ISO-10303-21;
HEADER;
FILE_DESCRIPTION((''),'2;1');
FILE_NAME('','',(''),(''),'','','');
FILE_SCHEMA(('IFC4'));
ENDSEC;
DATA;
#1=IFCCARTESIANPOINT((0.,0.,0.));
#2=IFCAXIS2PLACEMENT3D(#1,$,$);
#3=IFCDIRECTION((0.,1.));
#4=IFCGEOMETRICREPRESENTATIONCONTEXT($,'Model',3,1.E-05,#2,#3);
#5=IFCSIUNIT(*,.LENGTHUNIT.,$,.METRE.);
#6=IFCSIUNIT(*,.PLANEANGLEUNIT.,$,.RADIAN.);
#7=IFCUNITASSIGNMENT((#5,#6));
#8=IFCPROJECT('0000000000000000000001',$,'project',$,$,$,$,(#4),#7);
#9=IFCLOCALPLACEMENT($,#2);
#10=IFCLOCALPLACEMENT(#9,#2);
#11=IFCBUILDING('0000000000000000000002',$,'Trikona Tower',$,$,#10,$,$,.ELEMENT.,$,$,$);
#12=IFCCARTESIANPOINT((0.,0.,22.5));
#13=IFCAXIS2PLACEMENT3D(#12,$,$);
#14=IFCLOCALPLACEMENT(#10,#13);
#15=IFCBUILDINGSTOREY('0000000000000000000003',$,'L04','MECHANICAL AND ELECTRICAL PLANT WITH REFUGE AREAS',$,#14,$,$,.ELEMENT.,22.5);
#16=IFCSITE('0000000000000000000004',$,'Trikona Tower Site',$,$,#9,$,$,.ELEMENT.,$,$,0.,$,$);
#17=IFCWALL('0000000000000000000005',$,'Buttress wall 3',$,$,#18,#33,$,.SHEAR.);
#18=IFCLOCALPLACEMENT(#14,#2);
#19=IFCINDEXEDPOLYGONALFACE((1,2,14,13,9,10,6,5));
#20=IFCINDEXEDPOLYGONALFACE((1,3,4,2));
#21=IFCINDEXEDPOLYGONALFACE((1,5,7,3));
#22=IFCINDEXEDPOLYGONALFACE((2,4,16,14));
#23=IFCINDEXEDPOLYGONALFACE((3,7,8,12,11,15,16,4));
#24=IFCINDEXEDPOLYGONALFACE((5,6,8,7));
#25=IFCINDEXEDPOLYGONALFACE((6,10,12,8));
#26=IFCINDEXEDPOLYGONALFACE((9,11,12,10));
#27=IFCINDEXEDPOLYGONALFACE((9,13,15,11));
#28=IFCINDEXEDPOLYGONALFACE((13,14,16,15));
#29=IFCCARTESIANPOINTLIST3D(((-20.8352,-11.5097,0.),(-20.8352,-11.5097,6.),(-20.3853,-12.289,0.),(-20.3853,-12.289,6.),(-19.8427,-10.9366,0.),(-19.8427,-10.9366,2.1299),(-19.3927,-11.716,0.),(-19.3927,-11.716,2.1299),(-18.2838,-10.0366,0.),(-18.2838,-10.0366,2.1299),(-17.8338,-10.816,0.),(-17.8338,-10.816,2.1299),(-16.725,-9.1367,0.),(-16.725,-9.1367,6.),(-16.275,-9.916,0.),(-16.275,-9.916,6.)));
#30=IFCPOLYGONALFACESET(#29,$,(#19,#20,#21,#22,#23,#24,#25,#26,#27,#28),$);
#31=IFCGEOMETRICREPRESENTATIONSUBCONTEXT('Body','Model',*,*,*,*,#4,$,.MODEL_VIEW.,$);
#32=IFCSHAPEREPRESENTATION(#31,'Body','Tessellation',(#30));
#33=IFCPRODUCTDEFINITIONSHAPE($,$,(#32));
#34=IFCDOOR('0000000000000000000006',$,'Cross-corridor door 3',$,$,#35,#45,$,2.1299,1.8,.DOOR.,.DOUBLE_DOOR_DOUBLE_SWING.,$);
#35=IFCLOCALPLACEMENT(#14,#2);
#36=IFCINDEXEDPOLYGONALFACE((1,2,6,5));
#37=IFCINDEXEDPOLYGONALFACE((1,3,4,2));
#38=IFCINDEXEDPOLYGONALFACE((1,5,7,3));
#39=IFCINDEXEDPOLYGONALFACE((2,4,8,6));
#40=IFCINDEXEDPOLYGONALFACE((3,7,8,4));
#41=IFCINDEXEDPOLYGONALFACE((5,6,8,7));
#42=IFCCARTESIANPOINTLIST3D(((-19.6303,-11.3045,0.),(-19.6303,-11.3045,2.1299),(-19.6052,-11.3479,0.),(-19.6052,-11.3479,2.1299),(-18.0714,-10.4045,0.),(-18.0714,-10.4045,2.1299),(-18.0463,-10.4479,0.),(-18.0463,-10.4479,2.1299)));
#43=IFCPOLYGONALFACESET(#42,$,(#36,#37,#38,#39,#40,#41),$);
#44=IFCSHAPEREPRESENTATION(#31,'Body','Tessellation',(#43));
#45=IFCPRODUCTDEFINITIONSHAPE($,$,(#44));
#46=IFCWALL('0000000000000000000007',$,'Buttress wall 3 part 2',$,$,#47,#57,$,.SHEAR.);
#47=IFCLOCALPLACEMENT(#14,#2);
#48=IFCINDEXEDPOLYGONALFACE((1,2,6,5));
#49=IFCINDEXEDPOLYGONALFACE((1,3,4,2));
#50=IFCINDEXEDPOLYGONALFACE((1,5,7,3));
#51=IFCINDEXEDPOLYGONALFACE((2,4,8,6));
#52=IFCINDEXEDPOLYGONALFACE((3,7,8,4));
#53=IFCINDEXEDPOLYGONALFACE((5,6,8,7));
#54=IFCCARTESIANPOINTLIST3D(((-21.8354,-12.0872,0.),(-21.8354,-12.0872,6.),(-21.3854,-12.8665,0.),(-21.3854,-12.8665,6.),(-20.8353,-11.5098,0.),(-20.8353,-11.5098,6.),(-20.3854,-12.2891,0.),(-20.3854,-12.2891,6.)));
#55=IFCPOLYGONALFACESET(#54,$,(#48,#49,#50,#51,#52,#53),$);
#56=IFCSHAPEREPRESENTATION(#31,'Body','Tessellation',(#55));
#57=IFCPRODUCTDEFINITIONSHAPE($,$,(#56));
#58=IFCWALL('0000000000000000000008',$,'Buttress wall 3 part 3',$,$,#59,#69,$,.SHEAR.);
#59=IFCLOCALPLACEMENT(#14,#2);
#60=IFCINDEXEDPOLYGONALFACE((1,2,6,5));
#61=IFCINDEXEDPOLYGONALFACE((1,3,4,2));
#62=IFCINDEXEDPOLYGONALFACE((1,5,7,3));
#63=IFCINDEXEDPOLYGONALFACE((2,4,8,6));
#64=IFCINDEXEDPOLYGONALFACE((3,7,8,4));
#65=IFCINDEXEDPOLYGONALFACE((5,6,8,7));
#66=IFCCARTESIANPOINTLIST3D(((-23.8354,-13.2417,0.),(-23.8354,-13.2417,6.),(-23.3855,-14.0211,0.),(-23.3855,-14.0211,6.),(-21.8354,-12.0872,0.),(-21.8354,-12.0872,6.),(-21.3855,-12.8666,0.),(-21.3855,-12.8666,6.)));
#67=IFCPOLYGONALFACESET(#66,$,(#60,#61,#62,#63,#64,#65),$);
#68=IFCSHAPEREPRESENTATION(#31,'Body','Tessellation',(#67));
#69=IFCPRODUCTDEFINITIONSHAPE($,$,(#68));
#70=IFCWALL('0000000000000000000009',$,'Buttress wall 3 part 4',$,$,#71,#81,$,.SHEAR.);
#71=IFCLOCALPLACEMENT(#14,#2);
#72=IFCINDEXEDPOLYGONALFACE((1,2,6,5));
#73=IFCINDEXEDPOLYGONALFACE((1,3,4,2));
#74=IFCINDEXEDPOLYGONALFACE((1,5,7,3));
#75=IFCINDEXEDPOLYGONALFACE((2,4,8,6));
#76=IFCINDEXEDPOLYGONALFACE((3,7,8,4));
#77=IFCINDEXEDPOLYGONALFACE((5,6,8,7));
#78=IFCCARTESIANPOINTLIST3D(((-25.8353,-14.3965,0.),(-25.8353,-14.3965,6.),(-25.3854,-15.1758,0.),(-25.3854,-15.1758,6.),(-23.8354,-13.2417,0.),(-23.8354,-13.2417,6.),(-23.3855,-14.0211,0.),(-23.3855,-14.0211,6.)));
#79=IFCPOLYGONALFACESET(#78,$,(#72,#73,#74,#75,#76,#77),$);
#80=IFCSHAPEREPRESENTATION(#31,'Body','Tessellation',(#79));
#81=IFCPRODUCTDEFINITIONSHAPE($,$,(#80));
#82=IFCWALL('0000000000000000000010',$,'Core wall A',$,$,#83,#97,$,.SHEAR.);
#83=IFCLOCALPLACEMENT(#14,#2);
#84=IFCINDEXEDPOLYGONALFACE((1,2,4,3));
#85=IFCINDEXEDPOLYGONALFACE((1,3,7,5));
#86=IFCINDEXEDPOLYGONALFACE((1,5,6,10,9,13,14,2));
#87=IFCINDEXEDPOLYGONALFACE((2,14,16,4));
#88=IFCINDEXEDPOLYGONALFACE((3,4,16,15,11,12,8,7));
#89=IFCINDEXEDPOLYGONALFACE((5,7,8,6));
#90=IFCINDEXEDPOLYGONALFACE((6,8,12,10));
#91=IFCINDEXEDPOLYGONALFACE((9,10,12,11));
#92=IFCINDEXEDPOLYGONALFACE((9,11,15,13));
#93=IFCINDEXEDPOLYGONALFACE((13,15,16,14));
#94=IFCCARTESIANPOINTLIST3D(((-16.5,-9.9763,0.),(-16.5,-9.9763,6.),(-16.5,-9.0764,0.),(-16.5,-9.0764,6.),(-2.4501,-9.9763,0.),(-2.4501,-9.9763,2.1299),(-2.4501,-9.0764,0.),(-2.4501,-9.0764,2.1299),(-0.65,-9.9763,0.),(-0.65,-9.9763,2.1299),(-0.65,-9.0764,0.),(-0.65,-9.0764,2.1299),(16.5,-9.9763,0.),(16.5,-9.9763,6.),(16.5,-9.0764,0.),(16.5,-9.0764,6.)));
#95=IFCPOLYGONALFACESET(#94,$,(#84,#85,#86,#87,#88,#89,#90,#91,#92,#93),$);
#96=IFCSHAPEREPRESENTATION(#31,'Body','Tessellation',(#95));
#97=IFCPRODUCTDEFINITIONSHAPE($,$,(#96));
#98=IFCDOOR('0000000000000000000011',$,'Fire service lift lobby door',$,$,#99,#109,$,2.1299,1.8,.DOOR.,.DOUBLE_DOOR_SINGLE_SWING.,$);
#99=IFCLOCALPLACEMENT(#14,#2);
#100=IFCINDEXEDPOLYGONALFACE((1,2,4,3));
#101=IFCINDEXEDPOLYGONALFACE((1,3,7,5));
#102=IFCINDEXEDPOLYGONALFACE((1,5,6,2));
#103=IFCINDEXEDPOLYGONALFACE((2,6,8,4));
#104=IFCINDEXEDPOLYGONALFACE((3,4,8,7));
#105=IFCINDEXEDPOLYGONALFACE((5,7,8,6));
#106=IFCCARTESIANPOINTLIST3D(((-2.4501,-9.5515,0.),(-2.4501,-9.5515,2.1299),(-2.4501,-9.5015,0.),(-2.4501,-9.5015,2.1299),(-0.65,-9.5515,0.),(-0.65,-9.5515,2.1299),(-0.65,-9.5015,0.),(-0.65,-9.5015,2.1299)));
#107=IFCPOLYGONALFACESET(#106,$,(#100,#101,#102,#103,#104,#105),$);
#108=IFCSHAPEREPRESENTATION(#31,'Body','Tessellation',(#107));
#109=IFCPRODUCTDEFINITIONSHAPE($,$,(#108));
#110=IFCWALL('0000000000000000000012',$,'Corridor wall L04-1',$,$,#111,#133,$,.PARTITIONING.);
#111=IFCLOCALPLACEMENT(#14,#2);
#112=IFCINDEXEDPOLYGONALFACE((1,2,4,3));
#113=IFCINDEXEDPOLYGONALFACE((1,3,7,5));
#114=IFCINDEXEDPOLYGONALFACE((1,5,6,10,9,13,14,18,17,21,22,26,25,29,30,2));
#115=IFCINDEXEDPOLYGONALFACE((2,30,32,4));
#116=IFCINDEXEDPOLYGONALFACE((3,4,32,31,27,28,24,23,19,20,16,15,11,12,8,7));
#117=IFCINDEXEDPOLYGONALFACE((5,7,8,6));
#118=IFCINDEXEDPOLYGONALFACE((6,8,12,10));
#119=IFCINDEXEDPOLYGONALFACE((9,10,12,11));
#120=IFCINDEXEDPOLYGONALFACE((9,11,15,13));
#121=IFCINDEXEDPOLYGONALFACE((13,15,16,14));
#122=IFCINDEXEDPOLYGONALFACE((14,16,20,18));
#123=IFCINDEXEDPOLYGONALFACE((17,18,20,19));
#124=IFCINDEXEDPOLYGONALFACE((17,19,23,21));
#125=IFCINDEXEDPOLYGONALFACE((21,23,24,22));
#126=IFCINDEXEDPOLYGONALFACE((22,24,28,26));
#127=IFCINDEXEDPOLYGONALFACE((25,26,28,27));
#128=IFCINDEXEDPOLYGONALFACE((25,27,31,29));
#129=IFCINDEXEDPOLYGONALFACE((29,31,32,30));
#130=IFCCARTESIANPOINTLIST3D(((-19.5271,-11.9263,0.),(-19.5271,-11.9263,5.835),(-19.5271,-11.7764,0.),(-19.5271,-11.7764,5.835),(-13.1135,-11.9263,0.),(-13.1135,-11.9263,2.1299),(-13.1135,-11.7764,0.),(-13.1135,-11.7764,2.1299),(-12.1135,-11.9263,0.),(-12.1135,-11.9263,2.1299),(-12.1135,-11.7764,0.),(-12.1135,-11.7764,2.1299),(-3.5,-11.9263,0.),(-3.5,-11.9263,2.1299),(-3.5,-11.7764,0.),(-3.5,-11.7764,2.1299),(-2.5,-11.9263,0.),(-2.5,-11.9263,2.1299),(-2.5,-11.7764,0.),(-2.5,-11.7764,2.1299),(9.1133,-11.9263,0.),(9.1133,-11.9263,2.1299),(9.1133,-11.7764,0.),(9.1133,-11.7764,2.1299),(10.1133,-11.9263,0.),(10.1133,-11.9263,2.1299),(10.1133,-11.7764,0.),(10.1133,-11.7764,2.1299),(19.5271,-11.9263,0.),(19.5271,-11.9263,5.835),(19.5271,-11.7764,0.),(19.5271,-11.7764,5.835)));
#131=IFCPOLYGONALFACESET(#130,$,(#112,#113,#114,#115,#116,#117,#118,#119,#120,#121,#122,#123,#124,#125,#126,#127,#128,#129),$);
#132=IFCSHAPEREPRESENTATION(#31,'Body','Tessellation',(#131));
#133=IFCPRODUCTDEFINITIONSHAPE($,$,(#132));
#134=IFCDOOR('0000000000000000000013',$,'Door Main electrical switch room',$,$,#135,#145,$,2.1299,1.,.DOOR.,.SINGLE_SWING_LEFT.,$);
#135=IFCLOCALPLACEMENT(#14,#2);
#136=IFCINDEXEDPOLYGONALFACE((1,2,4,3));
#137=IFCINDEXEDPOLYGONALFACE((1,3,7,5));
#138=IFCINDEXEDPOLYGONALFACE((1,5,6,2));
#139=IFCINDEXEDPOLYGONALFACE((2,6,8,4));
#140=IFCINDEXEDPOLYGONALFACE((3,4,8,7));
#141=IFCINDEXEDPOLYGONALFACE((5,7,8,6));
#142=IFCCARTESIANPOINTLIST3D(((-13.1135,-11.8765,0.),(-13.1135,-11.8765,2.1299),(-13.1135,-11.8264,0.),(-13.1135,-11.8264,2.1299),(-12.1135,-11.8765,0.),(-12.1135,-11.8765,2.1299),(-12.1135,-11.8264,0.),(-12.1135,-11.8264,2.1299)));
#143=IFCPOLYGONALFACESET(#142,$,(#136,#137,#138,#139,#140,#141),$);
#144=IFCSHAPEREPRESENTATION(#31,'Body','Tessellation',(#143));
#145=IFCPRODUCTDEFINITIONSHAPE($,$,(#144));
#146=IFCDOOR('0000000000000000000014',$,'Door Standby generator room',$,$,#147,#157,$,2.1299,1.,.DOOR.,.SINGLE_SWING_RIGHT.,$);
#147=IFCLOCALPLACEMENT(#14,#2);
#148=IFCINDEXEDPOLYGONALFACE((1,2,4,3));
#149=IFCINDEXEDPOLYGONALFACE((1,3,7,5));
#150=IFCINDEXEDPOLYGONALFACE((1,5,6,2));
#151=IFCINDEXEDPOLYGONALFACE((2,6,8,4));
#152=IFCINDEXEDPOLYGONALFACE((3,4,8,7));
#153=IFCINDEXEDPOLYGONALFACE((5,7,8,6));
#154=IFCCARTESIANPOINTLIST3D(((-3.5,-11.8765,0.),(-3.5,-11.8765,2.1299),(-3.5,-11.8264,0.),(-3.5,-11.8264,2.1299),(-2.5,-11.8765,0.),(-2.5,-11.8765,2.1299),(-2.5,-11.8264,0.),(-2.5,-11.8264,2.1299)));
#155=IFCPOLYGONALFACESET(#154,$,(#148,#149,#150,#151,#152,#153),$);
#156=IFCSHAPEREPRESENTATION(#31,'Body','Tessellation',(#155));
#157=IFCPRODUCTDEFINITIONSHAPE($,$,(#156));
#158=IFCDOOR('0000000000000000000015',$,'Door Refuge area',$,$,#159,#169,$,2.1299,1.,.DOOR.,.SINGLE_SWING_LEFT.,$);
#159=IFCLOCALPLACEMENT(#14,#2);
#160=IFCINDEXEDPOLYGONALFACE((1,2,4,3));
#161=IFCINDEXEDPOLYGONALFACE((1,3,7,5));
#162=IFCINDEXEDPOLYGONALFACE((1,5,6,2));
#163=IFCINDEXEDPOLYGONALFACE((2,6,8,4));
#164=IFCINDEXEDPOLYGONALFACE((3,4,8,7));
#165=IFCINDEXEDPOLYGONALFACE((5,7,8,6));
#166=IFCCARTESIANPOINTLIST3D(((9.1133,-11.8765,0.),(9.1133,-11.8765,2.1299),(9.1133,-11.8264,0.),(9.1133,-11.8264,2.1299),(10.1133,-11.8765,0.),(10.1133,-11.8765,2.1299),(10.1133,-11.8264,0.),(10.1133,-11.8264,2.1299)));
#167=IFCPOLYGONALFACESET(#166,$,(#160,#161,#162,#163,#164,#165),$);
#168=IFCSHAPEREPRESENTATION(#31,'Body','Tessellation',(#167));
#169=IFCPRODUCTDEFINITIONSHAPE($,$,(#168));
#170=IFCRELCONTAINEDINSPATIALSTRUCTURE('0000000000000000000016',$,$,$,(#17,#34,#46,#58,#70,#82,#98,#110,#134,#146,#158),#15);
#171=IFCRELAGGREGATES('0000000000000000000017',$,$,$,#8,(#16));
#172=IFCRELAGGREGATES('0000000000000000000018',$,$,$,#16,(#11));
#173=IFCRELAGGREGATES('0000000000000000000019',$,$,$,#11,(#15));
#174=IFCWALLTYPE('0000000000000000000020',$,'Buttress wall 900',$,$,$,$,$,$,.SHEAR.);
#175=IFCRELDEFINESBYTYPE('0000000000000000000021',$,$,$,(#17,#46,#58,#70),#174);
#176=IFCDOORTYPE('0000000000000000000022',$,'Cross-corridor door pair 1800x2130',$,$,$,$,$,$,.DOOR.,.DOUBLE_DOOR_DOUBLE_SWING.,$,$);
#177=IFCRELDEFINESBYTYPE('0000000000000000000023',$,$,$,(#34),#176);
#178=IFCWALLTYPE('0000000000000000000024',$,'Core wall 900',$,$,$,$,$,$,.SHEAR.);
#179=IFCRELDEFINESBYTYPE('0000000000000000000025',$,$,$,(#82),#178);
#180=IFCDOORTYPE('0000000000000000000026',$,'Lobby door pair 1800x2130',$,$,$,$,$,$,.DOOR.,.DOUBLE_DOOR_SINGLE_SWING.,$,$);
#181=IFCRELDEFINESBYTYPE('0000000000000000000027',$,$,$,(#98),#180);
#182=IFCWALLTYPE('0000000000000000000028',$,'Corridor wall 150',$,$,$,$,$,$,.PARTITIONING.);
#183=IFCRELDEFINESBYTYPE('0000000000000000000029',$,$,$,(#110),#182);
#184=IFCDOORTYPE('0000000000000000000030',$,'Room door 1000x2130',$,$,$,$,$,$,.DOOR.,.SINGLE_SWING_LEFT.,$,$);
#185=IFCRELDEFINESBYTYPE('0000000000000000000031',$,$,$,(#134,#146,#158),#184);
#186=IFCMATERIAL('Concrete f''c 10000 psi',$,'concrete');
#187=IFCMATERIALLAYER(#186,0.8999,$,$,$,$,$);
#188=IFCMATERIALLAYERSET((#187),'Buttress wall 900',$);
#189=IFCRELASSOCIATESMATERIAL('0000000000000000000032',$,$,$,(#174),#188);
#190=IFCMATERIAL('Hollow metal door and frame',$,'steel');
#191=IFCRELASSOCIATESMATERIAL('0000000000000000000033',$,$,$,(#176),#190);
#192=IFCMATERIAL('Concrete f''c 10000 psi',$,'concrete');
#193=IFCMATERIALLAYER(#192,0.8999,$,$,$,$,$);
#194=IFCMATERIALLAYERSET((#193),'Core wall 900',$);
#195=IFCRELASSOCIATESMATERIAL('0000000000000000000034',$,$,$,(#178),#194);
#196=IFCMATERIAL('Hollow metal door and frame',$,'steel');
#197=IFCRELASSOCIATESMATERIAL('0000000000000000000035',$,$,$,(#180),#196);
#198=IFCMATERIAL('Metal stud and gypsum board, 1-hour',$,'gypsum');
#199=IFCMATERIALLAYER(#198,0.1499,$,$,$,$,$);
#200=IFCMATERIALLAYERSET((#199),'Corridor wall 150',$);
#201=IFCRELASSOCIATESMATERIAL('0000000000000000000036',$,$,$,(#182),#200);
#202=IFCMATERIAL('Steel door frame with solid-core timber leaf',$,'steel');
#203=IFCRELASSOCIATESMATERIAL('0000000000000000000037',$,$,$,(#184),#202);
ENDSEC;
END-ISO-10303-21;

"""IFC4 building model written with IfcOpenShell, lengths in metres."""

from ifc_helpers import new_model, si_unit, direction, frame, frame_2d, origin, place, context, subcontext, project, spatial, rectangle, extrude, material, layer, layer_set, type_object, element, fill, save


model = new_model("IFC4")

# Units and contexts
model_context = context("Model", 3, precision=1e-05, world=origin(), true_north=direction((0.0, 1.0)))
body_context = subcontext(model_context, "Body", "Model", "MODEL_VIEW")
ifc_project = project(units=[si_unit("LENGTHUNIT", "METRE"), si_unit("PLANEANGLEUNIT", "RADIAN")], contexts=[model_context])

# Site, building, storey
site_placement = place(None, origin())
site = spatial("IfcSite", under=ifc_project, at=site_placement, Name="Trikona Tower Site", CompositionType="ELEMENT", RefElevation=0.0)
building_placement = place(site_placement, origin())
building = spatial("IfcBuilding", under=site, at=building_placement, Name="Trikona Tower", CompositionType="ELEMENT")
storey_placement = place(building_placement, frame((0.0, 0.0, 22.5)))
storey = spatial("IfcBuildingStorey", under=building, at=storey_placement, Name="L04", Description="MECHANICAL AND ELECTRICAL PLANT WITH REFUGE AREAS", CompositionType="ELEMENT", Elevation=22.5)

# Wall, opening, door
ifc_material_1 = material(Name="Concrete f'c 10000 psi", Category="concrete")
ifc_layer_1 = layer(ifc_material_1, 0.8999)
ifc_layer_set_1 = layer_set([ifc_layer_1], Name="Buttress wall 900")
wall_type_1 = type_object("IfcWallType", Name="Buttress wall 900", PredefinedType="SHEAR", material=ifc_layer_set_1)
wall_1_placement = place(storey_placement, frame((-16.5, -9.5264, 0.0), z_axis=(0.0, 0.0, 1.0), x_axis=(-0.866031, -0.49999, 0.0)))
wall_1 = element("IfcWall", 1, at=wall_1_placement, inside=storey, type_object=wall_type_1, Name="Buttress wall 3", PredefinedType="SHEAR", context=body_context, shape_type="SweptSolid", body=[
    extrude(rectangle(XDim=4.7461, YDim=0.8999, at=frame_2d((2.373, 0.0))), origin(), (0.0, 0.0, 1.0), 6.0),
])
opening_1_placement = place(wall_1_placement, frame((1.8, 0.0, 0.0)))
opening_1 = element("IfcOpeningElement", 2, at=opening_1_placement, cuts=wall_1, PredefinedType="OPENING", context=body_context, shape_type="SweptSolid", body=[
    extrude(rectangle(XDim=1.8, YDim=2.1299, at=frame_2d((0.8999, 1.0649))), frame((0.0, 0.46, 0.0), z_axis=(0.0, -1.0, 0.0), x_axis=(1.0, 0.0, 0.0)), (0.0, 0.0, 1.0), 0.9199),
])
ifc_material_2 = material(Name="Hollow metal door and frame", Category="steel")
door_type_1 = type_object("IfcDoorType", Name="Cross-corridor door pair 1800x2130", OperationType="DOUBLE_DOOR_DOUBLE_SWING", PredefinedType="DOOR", material=ifc_material_2)
door_1_placement = place(opening_1_placement, origin())
door_1 = element("IfcDoor", 3, at=door_1_placement, inside=storey, type_object=door_type_1, Name="Cross-corridor door 3", OperationType="DOUBLE_DOOR_DOUBLE_SWING", OverallHeight=2.1299, OverallWidth=1.8, PredefinedType="DOOR", context=body_context, shape_type="SweptSolid", body=[
    extrude(rectangle(XDim=1.8, YDim=2.1299, at=frame_2d((0.8999, 1.0649))), frame((0.0, 0.0249, 0.0), z_axis=(0.0, -1.0, 0.0), x_axis=(1.0, 0.0, 0.0)), (0.0, 0.0, 1.0), 0.05),
])
fill(opening_1, door_1)

# Walls
wall_2_placement = place(storey_placement, frame((-20.6104, -11.8994, 0.0), z_axis=(0.0, 0.0, 1.0), x_axis=(-0.86601, -0.500027, 0.0)))
element("IfcWall", 4, at=wall_2_placement, inside=storey, type_object=wall_type_1, Name="Buttress wall 3 part 2", PredefinedType="SHEAR", context=body_context, shape_type="SweptSolid", body=[
    extrude(rectangle(XDim=1.1548, YDim=0.8999, at=frame_2d((0.5774, 0.0))), origin(), (0.0, 0.0, 1.0), 6.0),
])
for number, where, z_axis, x_axis, name in (
    (5, (-21.6104, -12.4768, 0.0), (0.0, 0.0, 1.0), (-0.866055, -0.499948, 0.0), "Buttress wall 3 part 3"),
    (6, (-23.6104, -13.6313, 0.0), (0.0, 0.0, 1.0), (-0.86601, -0.500027, 0.0), "Buttress wall 3 part 4"),
):
    element("IfcWall", number, at=place(storey_placement, frame(where, z_axis=z_axis, x_axis=x_axis)), inside=storey, type_object=wall_type_1, Name=name, PredefinedType="SHEAR", context=body_context, shape_type="SweptSolid", body=[
        extrude(rectangle(XDim=2.3093, YDim=0.8999, at=frame_2d((1.1548, 0.0))), origin(), (0.0, 0.0, 1.0), 6.0),
    ])

# Wall, opening, door
ifc_material_3 = material(Name="Concrete f'c 10000 psi", Category="concrete")
ifc_layer_2 = layer(ifc_material_3, 0.8999)
ifc_layer_set_2 = layer_set([ifc_layer_2], Name="Core wall 900")
wall_type_2 = type_object("IfcWallType", Name="Core wall 900", PredefinedType="SHEAR", material=ifc_layer_set_2)
wall_3_placement = place(storey_placement, frame((-16.5, -9.5264, 0.0), z_axis=(0.0, 0.0, 1.0), x_axis=(1.0, 0.0, 0.0)))
wall_3 = element("IfcWall", 7, at=wall_3_placement, inside=storey, type_object=wall_type_2, Name="Core wall A", PredefinedType="SHEAR", context=body_context, shape_type="SweptSolid", body=[
    extrude(rectangle(XDim=33.0, YDim=0.8999, at=frame_2d((16.5, 0.0))), origin(), (0.0, 0.0, 1.0), 6.0),
])
opening_2_placement = place(wall_3_placement, frame((14.05, 0.0, 0.0)))
opening_2 = element("IfcOpeningElement", 8, at=opening_2_placement, cuts=wall_3, PredefinedType="OPENING", context=body_context, shape_type="SweptSolid", body=[
    extrude(rectangle(XDim=1.8, YDim=2.1299, at=frame_2d((0.8999, 1.0649))), frame((0.0, 0.46, 0.0), z_axis=(0.0, -1.0, 0.0), x_axis=(1.0, 0.0, 0.0)), (0.0, 0.0, 1.0), 0.9199),
])
ifc_material_4 = material(Name="Hollow metal door and frame", Category="steel")
door_type_2 = type_object("IfcDoorType", Name="Lobby door pair 1800x2130", OperationType="DOUBLE_DOOR_SINGLE_SWING", PredefinedType="DOOR", material=ifc_material_4)
door_2_placement = place(opening_2_placement, origin())
door_2 = element("IfcDoor", 9, at=door_2_placement, inside=storey, type_object=door_type_2, Name="Fire service lift lobby door", OperationType="DOUBLE_DOOR_SINGLE_SWING", OverallHeight=2.1299, OverallWidth=1.8, PredefinedType="DOOR", context=body_context, shape_type="SweptSolid", body=[
    extrude(rectangle(XDim=1.8, YDim=2.1299, at=frame_2d((0.8999, 1.0649))), frame((0.0, 0.0249, 0.0), z_axis=(0.0, -1.0, 0.0), x_axis=(1.0, 0.0, 0.0)), (0.0, 0.0, 1.0), 0.05),
])
fill(opening_2, door_2)

# Wall, openings, doors
ifc_material_5 = material(Name="Metal stud and gypsum board, 1-hour", Category="gypsum")
ifc_layer_3 = layer(ifc_material_5, 0.1499)
ifc_layer_set_3 = layer_set([ifc_layer_3], Name="Corridor wall 150")
wall_type_3 = type_object("IfcWallType", Name="Corridor wall 150", PredefinedType="PARTITIONING", material=ifc_layer_set_3)
wall_4_placement = place(storey_placement, frame((-19.5271, -11.8513, 0.0), z_axis=(0.0, 0.0, 1.0), x_axis=(1.0, 0.0, 0.0)))
wall_4 = element("IfcWall", 10, at=wall_4_placement, inside=storey, type_object=wall_type_3, Name="Corridor wall L04-1", PredefinedType="PARTITIONING", context=body_context, shape_type="SweptSolid", body=[
    extrude(rectangle(XDim=39.0542, YDim=0.1499, at=frame_2d((19.5271, 0.0))), origin(), (0.0, 0.0, 1.0), 5.835),
])
opening_3_placement = place(wall_4_placement, frame((6.4136, 0.0, 0.0)))
opening_3 = element("IfcOpeningElement", 11, at=opening_3_placement, cuts=wall_4, PredefinedType="OPENING", context=body_context, shape_type="SweptSolid", body=[
    extrude(rectangle(XDim=1.0, YDim=2.1299, at=frame_2d((0.5, 1.0649))), frame((0.0, 0.085, 0.0), z_axis=(0.0, -1.0, 0.0), x_axis=(1.0, 0.0, 0.0)), (0.0, 0.0, 1.0), 0.1699),
])
opening_4_placement = place(wall_4_placement, frame((16.0271, 0.0, 0.0)))
opening_4 = element("IfcOpeningElement", 12, at=opening_4_placement, cuts=wall_4, PredefinedType="OPENING", context=body_context, shape_type="SweptSolid", body=[
    extrude(rectangle(XDim=1.0, YDim=2.1299, at=frame_2d((0.5, 1.0649))), frame((0.0, 0.085, 0.0), z_axis=(0.0, -1.0, 0.0), x_axis=(1.0, 0.0, 0.0)), (0.0, 0.0, 1.0), 0.1699),
])
opening_5_placement = place(wall_4_placement, frame((28.6404, 0.0, 0.0)))
opening_5 = element("IfcOpeningElement", 13, at=opening_5_placement, cuts=wall_4, PredefinedType="OPENING", context=body_context, shape_type="SweptSolid", body=[
    extrude(rectangle(XDim=1.0, YDim=2.1299, at=frame_2d((0.5, 1.0649))), frame((0.0, 0.085, 0.0), z_axis=(0.0, -1.0, 0.0), x_axis=(1.0, 0.0, 0.0)), (0.0, 0.0, 1.0), 0.1699),
])
ifc_material_6 = material(Name="Steel door frame with solid-core timber leaf", Category="steel")
door_type_3 = type_object("IfcDoorType", Name="Room door 1000x2130", OperationType="SINGLE_SWING_LEFT", PredefinedType="DOOR", material=ifc_material_6)
door_3_placement = place(opening_3_placement, origin())
door_3 = element("IfcDoor", 14, at=door_3_placement, inside=storey, type_object=door_type_3, Name="Door Main electrical switch room", OperationType="SINGLE_SWING_LEFT", OverallHeight=2.1299, OverallWidth=1.0, PredefinedType="DOOR", context=body_context, shape_type="SweptSolid", body=[
    extrude(rectangle(XDim=1.0, YDim=2.1299, at=frame_2d((0.5, 1.0649))), frame((0.0, 0.0249, 0.0), z_axis=(0.0, -1.0, 0.0), x_axis=(1.0, 0.0, 0.0)), (0.0, 0.0, 1.0), 0.05),
])
fill(opening_3, door_3)
door_4_placement = place(opening_4_placement, origin())
door_4 = element("IfcDoor", 15, at=door_4_placement, inside=storey, type_object=door_type_3, Name="Door Standby generator room", OperationType="SINGLE_SWING_RIGHT", OverallHeight=2.1299, OverallWidth=1.0, PredefinedType="DOOR", context=body_context, shape_type="SweptSolid", body=[
    extrude(rectangle(XDim=1.0, YDim=2.1299, at=frame_2d((0.5, 1.0649))), frame((0.0, 0.0249, 0.0), z_axis=(0.0, -1.0, 0.0), x_axis=(1.0, 0.0, 0.0)), (0.0, 0.0, 1.0), 0.05),
])
fill(opening_4, door_4)
door_5_placement = place(opening_5_placement, origin())
door_5 = element("IfcDoor", 16, at=door_5_placement, inside=storey, type_object=door_type_3, Name="Door Refuge area", OperationType="SINGLE_SWING_LEFT", OverallHeight=2.1299, OverallWidth=1.0, PredefinedType="DOOR", context=body_context, shape_type="SweptSolid", body=[
    extrude(rectangle(XDim=1.0, YDim=2.1299, at=frame_2d((0.5, 1.0649))), frame((0.0, 0.0249, 0.0), z_axis=(0.0, -1.0, 0.0), x_axis=(1.0, 0.0, 0.0)), (0.0, 0.0, 1.0), 0.05),
])
fill(opening_5, door_5)

save(model, "model.ifc")
